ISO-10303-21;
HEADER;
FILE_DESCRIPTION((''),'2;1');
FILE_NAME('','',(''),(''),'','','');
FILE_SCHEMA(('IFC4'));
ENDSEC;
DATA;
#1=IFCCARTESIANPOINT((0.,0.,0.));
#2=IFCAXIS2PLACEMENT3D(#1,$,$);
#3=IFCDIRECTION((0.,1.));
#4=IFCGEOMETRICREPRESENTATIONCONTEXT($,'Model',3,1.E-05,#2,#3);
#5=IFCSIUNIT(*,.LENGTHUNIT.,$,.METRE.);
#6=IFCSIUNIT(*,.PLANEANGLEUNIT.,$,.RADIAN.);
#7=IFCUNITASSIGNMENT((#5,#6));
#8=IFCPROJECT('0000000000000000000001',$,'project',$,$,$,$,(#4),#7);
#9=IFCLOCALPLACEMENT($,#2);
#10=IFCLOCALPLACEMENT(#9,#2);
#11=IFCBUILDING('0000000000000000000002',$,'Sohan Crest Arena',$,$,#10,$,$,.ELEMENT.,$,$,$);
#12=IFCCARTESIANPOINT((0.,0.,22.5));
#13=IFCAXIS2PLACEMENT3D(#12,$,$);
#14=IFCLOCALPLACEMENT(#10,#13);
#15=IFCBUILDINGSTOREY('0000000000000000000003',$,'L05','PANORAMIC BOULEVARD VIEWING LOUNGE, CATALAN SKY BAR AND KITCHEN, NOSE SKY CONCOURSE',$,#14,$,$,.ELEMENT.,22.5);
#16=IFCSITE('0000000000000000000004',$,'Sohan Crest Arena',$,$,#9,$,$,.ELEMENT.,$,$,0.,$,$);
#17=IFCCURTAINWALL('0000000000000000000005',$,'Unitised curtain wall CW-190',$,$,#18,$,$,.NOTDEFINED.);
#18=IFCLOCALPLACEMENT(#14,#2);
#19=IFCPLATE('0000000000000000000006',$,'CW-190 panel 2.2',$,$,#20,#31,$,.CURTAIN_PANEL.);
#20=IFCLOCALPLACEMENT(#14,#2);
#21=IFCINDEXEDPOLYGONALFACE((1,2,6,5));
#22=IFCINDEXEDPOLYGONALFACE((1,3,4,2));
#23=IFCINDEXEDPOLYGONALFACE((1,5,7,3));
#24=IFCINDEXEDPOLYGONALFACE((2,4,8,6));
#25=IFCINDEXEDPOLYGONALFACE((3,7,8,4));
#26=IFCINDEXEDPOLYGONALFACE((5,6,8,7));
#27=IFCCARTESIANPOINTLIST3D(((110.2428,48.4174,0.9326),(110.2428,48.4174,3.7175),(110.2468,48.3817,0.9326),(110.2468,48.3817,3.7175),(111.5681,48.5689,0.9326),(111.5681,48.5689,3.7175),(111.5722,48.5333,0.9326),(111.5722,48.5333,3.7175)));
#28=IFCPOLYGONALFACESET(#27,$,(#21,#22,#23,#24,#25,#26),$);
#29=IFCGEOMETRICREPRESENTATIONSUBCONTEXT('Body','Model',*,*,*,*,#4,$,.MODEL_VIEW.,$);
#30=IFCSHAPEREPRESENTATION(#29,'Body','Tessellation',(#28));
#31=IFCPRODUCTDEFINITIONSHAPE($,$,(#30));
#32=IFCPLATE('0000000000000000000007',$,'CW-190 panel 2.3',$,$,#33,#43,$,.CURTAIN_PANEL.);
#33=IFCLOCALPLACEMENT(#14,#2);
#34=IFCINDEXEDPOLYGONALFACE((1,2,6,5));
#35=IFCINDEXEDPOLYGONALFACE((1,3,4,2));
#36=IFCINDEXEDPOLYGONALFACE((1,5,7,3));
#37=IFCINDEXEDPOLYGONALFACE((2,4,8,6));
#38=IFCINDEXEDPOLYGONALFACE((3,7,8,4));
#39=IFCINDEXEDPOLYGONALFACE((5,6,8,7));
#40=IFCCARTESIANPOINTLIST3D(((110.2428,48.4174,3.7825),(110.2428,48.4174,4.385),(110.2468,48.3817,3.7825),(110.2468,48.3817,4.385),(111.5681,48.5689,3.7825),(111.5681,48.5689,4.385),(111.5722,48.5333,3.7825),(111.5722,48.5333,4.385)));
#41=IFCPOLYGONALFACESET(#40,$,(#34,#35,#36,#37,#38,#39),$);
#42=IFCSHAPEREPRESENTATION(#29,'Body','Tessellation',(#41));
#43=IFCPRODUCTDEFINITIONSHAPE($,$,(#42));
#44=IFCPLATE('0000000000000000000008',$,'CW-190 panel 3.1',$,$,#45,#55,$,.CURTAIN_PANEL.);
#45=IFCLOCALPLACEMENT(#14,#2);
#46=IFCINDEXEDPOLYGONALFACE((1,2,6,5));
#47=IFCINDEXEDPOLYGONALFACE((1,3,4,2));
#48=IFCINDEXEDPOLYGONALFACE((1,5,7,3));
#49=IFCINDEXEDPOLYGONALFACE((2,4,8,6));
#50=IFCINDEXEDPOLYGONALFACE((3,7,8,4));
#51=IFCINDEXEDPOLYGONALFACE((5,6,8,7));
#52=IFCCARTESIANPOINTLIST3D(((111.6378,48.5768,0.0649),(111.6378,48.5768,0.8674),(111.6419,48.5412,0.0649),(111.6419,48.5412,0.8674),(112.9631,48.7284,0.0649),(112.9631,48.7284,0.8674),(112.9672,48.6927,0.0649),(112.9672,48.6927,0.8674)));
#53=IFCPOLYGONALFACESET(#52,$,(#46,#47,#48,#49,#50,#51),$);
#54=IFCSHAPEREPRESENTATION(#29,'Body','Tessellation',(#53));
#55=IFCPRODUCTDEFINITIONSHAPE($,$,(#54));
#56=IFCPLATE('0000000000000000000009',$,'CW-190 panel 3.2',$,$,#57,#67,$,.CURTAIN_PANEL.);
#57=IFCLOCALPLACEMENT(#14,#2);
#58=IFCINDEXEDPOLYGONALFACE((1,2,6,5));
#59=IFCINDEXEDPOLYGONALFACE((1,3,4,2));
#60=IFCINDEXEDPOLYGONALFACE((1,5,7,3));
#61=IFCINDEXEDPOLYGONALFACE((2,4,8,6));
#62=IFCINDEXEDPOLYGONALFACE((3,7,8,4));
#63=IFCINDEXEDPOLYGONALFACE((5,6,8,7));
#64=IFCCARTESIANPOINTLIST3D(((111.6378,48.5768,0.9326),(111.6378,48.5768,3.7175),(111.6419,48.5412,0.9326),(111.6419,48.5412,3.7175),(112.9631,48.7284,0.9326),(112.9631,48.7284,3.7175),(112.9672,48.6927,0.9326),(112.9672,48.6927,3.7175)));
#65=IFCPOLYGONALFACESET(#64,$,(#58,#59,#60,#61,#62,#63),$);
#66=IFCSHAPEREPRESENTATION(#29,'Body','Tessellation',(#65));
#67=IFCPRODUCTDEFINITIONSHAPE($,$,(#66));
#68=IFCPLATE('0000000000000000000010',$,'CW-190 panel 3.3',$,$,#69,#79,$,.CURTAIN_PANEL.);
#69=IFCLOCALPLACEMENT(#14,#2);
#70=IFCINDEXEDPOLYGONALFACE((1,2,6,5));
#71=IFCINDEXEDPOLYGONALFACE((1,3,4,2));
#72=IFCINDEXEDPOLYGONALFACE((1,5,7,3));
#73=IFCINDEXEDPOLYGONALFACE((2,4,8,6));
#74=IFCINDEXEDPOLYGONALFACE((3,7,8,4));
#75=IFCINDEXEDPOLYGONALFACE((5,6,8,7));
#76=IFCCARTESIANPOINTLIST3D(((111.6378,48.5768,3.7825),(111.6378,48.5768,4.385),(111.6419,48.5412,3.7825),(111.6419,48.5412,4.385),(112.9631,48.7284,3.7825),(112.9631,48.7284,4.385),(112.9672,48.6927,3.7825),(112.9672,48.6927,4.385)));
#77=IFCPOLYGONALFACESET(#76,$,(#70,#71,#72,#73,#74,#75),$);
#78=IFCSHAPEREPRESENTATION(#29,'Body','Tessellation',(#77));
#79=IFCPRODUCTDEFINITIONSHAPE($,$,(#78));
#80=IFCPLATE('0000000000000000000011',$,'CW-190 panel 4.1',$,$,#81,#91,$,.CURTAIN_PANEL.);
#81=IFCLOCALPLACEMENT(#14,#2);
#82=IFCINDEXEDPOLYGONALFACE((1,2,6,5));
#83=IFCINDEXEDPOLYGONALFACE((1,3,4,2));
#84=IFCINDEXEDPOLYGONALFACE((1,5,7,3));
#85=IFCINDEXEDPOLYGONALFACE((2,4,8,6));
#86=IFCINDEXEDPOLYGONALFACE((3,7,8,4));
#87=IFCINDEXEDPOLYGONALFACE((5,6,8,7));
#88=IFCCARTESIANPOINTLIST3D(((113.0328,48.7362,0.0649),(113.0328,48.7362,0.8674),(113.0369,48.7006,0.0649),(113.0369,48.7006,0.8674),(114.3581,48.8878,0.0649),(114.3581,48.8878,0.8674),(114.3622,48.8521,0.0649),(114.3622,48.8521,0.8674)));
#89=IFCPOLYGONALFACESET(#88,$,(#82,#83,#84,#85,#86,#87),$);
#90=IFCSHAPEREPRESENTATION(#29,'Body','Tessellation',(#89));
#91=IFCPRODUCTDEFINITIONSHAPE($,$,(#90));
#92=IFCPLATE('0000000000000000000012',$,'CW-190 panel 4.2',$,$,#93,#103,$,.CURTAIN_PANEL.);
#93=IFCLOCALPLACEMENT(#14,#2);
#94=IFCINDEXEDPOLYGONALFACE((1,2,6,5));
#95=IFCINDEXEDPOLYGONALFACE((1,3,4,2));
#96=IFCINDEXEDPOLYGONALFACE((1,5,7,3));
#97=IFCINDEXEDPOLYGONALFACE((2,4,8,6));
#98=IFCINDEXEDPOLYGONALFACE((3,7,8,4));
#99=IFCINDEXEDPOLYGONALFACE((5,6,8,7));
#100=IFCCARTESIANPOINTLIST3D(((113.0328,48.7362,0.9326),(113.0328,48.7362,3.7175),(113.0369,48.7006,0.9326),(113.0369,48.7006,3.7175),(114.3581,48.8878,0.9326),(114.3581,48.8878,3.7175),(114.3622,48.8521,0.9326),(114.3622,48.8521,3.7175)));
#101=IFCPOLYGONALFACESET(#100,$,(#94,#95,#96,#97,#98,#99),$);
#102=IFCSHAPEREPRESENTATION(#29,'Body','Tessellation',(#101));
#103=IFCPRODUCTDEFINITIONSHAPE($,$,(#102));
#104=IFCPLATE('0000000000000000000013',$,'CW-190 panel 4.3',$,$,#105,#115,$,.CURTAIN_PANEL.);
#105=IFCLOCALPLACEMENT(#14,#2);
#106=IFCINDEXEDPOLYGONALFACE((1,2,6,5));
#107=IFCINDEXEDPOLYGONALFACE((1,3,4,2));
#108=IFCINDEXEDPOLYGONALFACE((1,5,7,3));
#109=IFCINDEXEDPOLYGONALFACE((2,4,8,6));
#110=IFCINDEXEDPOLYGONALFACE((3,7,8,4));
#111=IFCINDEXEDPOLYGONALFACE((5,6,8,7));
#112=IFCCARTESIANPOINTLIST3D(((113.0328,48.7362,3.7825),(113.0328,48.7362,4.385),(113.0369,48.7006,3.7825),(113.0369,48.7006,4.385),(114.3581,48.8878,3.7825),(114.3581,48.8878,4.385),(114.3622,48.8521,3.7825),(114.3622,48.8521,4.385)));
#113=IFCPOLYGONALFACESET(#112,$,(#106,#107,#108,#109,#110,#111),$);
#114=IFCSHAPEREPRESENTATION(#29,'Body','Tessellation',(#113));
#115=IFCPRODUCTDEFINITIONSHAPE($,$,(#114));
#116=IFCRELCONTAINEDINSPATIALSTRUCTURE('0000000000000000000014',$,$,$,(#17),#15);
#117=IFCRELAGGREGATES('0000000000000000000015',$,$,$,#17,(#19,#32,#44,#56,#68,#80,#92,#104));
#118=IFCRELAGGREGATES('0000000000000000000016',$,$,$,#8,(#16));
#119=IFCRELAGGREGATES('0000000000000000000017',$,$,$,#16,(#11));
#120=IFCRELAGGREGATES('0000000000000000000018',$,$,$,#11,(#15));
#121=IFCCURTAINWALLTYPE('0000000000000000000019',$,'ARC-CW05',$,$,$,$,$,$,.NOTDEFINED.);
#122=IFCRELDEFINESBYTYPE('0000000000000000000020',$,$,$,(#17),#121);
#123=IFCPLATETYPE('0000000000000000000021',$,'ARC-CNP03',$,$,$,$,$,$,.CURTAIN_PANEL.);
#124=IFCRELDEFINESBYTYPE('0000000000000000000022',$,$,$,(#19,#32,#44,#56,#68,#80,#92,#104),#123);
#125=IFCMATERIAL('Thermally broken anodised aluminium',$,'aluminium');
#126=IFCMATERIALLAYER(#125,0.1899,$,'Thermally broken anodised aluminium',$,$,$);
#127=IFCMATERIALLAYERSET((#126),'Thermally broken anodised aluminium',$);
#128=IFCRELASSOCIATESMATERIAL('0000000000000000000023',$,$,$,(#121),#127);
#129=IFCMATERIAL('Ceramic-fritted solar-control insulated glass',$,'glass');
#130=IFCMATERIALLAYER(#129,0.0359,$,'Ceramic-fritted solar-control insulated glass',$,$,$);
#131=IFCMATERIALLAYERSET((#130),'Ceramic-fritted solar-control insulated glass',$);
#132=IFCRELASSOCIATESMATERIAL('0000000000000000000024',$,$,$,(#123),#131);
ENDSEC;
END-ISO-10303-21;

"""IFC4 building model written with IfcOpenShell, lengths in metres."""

from ifc_helpers import new_model, si_unit, direction, frame, origin, origin_2d, place, context, subcontext, project, spatial, rectangle, extrude, material, layer, layer_set, type_object, element, aggregate, save


model = new_model("IFC4")

# Units and contexts
model_context = context("Model", 3, precision=1e-05, world=origin(), true_north=direction((0.0, 1.0)))
body_context = subcontext(model_context, "Body", "Model", "MODEL_VIEW")
ifc_project = project(units=[si_unit("LENGTHUNIT", "METRE"), si_unit("PLANEANGLEUNIT", "RADIAN")], contexts=[model_context])

# Site, building, storey
site_placement = place(None, origin())
site = spatial("IfcSite", under=ifc_project, at=site_placement, Name="Sohan Crest Arena", CompositionType="ELEMENT", RefElevation=0.0)
building_placement = place(site_placement, origin())
building = spatial("IfcBuilding", under=site, at=building_placement, Name="Sohan Crest Arena", CompositionType="ELEMENT")
storey_placement = place(building_placement, frame((0.0, 0.0, 22.5)))
storey = spatial("IfcBuildingStorey", under=building, at=storey_placement, Name="L05", Description="PANORAMIC BOULEVARD VIEWING LOUNGE, CATALAN SKY BAR AND KITCHEN, NOSE SKY CONCOURSE", CompositionType="ELEMENT", Elevation=22.5)

# Curtain wall, plates
ifc_material_1 = material(Name="Thermally broken anodised aluminium", Category="aluminium")
ifc_layer_1 = layer(ifc_material_1, 0.1899, Name="Thermally broken anodised aluminium")
ifc_layer_set_1 = layer_set([ifc_layer_1], Name="Thermally broken anodised aluminium")
curtain_wall_type = type_object("IfcCurtainWallType", Name="ARC-CW05", PredefinedType="NOTDEFINED", material=ifc_layer_set_1)
curtain_wall_placement = place(storey_placement, origin())
curtain_wall = element("IfcCurtainWall", 1, at=curtain_wall_placement, inside=storey, type_object=curtain_wall_type, Name="Unitised curtain wall CW-190", PredefinedType="NOTDEFINED")
ifc_material_2 = material(Name="Ceramic-fritted solar-control insulated glass", Category="glass")
ifc_layer_2 = layer(ifc_material_2, 0.0359, Name="Ceramic-fritted solar-control insulated glass")
ifc_layer_set_2 = layer_set([ifc_layer_2], Name="Ceramic-fritted solar-control insulated glass")
plate_type = type_object("IfcPlateType", Name="ARC-CNP03", PredefinedType="CURTAIN_PANEL", material=ifc_layer_set_2)
plate_1_placement = place(storey_placement, frame((110.9075, 48.4753, 0.9326), z_axis=(0.0, 0.0, 1.0), x_axis=(0.993527, 0.113597, 0.0)))
plate_1 = element("IfcPlate", 2, at=plate_1_placement, type_object=plate_type, Name="CW-190 panel 2.2", PredefinedType="CURTAIN_PANEL", context=body_context, shape_type="SweptSolid", body=[
    extrude(rectangle(XDim=1.334, YDim=0.0359, at=origin_2d()), origin(), (0.0, 0.0, 1.0), 2.7849),
])
plate_2_placement = place(storey_placement, frame((110.9075, 48.4753, 3.7825), z_axis=(0.0, 0.0, 1.0), x_axis=(0.993527, 0.113597, 0.0)))
plate_2 = element("IfcPlate", 3, at=plate_2_placement, type_object=plate_type, Name="CW-190 panel 2.3", PredefinedType="CURTAIN_PANEL", context=body_context, shape_type="SweptSolid", body=[
    extrude(rectangle(XDim=1.334, YDim=0.0359, at=origin_2d()), origin(), (0.0, 0.0, 1.0), 0.6025),
])
plate_3_placement = place(storey_placement, frame((112.3025, 48.6348, 0.0649), z_axis=(0.0, 0.0, 1.0), x_axis=(0.993527, 0.113597, 0.0)))
plate_3 = element("IfcPlate", 4, at=plate_3_placement, type_object=plate_type, Name="CW-190 panel 3.1", PredefinedType="CURTAIN_PANEL", context=body_context, shape_type="SweptSolid", body=[
    extrude(rectangle(XDim=1.334, YDim=0.0359, at=origin_2d()), origin(), (0.0, 0.0, 1.0), 0.8025),
])
plate_4_placement = place(storey_placement, frame((112.3025, 48.6348, 0.9326), z_axis=(0.0, 0.0, 1.0), x_axis=(0.993527, 0.113597, 0.0)))
plate_4 = element("IfcPlate", 5, at=plate_4_placement, type_object=plate_type, Name="CW-190 panel 3.2", PredefinedType="CURTAIN_PANEL", context=body_context, shape_type="SweptSolid", body=[
    extrude(rectangle(XDim=1.334, YDim=0.0359, at=origin_2d()), origin(), (0.0, 0.0, 1.0), 2.7849),
])
plate_5_placement = place(storey_placement, frame((112.3025, 48.6348, 3.7825), z_axis=(0.0, 0.0, 1.0), x_axis=(0.993527, 0.113597, 0.0)))
plate_5 = element("IfcPlate", 6, at=plate_5_placement, type_object=plate_type, Name="CW-190 panel 3.3", PredefinedType="CURTAIN_PANEL", context=body_context, shape_type="SweptSolid", body=[
    extrude(rectangle(XDim=1.334, YDim=0.0359, at=origin_2d()), origin(), (0.0, 0.0, 1.0), 0.6025),
])
plate_6_placement = place(storey_placement, frame((113.6975, 48.7942, 0.0649), z_axis=(0.0, 0.0, 1.0), x_axis=(0.993527, 0.113597, 0.0)))
plate_6 = element("IfcPlate", 7, at=plate_6_placement, type_object=plate_type, Name="CW-190 panel 4.1", PredefinedType="CURTAIN_PANEL", context=body_context, shape_type="SweptSolid", body=[
    extrude(rectangle(XDim=1.334, YDim=0.0359, at=origin_2d()), origin(), (0.0, 0.0, 1.0), 0.8025),
])
plate_7_placement = place(storey_placement, frame((113.6975, 48.7942, 0.9326), z_axis=(0.0, 0.0, 1.0), x_axis=(0.993527, 0.113597, 0.0)))
plate_7 = element("IfcPlate", 8, at=plate_7_placement, type_object=plate_type, Name="CW-190 panel 4.2", PredefinedType="CURTAIN_PANEL", context=body_context, shape_type="SweptSolid", body=[
    extrude(rectangle(XDim=1.334, YDim=0.0359, at=origin_2d()), origin(), (0.0, 0.0, 1.0), 2.7849),
])
plate_8_placement = place(storey_placement, frame((113.6975, 48.7942, 3.7825), z_axis=(0.0, 0.0, 1.0), x_axis=(0.993527, 0.113597, 0.0)))
plate_8 = element("IfcPlate", 9, at=plate_8_placement, type_object=plate_type, Name="CW-190 panel 4.3", PredefinedType="CURTAIN_PANEL", context=body_context, shape_type="SweptSolid", body=[
    extrude(rectangle(XDim=1.334, YDim=0.0359, at=origin_2d()), origin(), (0.0, 0.0, 1.0), 0.6025),
])
aggregate(curtain_wall, [plate_1, plate_2, plate_3, plate_4, plate_5, plate_6, plate_7, plate_8])

save(model, "model.ifc")
